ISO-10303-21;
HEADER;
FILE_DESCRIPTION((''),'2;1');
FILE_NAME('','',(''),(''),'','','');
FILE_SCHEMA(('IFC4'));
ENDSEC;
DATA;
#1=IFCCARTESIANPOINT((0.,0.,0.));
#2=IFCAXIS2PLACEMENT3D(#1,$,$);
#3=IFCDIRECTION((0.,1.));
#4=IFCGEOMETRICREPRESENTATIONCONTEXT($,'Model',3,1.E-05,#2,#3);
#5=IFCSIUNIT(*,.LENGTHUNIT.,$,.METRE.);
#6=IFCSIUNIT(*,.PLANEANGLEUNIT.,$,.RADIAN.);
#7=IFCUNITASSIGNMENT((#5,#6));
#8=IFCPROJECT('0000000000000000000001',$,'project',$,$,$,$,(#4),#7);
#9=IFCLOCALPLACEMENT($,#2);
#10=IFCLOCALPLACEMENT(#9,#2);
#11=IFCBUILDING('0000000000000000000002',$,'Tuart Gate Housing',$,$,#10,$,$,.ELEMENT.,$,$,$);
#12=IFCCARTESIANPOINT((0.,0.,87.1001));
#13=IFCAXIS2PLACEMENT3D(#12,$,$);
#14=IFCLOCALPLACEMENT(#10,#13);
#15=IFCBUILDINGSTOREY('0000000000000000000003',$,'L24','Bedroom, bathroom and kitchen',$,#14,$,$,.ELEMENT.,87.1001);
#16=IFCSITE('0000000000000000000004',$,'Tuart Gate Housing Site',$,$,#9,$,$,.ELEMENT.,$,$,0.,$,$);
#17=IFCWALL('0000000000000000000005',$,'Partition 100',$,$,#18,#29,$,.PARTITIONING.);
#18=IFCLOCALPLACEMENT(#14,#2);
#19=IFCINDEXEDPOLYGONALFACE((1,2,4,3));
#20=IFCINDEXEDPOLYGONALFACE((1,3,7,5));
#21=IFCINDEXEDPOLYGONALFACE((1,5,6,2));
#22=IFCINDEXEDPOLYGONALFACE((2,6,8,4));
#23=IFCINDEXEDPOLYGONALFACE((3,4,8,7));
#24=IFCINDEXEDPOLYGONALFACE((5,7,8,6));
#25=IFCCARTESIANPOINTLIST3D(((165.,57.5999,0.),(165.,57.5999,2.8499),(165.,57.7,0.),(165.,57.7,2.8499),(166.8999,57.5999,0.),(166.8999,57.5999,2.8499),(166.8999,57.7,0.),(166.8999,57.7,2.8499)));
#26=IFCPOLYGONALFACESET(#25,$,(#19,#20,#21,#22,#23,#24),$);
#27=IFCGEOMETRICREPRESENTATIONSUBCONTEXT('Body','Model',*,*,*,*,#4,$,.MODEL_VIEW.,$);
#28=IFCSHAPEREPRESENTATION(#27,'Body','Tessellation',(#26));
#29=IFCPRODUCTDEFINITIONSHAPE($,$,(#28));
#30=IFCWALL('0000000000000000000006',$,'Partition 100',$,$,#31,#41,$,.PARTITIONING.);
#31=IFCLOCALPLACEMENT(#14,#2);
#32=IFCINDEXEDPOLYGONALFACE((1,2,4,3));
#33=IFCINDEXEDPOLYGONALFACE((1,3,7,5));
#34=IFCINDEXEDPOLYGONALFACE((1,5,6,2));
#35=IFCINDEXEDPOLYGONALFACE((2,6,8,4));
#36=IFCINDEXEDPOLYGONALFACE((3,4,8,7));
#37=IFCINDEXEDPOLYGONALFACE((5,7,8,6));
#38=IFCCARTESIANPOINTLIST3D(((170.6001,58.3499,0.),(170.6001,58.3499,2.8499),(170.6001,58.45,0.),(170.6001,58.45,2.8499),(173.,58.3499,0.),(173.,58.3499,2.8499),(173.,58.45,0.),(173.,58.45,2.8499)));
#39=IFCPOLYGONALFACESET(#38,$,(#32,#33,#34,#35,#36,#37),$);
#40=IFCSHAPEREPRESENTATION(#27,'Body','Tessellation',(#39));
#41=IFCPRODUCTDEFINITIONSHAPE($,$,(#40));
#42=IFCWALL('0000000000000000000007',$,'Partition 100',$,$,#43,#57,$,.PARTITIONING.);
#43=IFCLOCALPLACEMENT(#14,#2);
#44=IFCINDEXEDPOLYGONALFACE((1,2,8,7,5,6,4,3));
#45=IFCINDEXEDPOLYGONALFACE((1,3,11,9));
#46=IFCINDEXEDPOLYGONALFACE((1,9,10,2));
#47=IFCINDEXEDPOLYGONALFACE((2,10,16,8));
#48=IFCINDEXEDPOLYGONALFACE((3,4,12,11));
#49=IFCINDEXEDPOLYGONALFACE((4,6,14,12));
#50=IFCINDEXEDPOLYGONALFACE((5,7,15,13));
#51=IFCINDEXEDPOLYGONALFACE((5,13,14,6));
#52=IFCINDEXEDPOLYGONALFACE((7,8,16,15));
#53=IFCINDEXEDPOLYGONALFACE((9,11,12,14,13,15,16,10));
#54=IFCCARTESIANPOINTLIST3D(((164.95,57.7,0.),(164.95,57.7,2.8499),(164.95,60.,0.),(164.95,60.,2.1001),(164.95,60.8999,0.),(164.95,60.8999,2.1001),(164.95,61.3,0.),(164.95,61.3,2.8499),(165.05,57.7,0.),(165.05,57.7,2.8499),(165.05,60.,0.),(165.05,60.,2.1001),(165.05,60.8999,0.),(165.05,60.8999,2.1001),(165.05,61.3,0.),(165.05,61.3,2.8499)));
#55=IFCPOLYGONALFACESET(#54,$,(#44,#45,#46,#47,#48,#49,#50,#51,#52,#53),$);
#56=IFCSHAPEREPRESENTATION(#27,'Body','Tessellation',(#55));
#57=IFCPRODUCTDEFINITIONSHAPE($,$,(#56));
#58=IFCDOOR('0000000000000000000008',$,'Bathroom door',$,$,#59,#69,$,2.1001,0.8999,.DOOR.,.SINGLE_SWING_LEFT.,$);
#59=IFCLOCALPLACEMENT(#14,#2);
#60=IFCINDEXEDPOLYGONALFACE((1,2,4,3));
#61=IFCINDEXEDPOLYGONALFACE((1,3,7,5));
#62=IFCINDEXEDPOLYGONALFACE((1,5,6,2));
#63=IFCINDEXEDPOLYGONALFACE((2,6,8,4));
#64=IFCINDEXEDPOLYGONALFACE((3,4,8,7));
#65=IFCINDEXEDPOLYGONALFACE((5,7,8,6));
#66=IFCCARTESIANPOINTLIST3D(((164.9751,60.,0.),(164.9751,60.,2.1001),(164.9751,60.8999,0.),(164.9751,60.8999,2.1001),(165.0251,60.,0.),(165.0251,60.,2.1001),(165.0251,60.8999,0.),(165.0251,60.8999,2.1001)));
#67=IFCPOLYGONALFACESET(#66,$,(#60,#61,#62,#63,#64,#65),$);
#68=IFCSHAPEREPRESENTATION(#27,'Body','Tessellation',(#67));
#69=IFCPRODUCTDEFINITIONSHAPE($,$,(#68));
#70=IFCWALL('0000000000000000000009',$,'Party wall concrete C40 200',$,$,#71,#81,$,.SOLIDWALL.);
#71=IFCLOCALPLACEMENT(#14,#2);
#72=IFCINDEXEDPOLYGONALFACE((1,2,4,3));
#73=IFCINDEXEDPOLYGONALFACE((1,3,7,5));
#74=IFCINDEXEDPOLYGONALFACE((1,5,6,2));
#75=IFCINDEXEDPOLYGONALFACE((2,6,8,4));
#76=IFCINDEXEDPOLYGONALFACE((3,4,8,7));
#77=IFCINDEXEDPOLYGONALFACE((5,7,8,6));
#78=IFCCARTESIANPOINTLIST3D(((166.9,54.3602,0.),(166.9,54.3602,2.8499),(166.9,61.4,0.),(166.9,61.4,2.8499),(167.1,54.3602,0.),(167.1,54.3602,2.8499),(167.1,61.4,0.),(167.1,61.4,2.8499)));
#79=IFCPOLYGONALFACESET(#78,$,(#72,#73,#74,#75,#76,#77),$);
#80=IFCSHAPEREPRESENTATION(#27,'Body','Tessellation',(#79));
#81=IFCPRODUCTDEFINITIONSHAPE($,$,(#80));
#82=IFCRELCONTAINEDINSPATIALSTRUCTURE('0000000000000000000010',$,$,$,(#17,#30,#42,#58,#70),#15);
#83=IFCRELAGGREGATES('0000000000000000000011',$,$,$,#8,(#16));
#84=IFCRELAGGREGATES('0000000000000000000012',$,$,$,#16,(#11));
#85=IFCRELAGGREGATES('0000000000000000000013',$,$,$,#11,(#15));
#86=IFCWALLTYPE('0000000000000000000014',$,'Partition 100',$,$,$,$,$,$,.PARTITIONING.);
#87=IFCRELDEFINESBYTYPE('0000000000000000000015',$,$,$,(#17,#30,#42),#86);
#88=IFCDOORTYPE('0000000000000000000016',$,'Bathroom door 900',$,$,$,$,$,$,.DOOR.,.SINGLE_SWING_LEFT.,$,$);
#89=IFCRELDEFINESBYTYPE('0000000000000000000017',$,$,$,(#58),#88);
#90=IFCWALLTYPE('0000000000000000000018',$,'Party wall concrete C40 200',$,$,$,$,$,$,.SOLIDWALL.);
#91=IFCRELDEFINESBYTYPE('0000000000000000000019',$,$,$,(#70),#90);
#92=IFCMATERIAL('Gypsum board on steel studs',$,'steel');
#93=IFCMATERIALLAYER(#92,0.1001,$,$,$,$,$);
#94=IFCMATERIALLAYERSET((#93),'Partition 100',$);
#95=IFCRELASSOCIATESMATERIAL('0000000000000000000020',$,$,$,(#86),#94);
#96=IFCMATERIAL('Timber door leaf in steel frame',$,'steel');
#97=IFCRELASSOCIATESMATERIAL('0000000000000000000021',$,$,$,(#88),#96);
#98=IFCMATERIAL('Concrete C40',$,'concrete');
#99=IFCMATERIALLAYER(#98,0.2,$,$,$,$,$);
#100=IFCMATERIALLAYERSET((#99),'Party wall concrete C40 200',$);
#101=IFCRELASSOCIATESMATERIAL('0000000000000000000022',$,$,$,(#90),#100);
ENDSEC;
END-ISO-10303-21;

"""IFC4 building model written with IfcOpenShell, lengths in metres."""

from ifc_helpers import new_model, si_unit, direction, frame, frame_2d, origin, place, context, subcontext, project, spatial, rectangle, extrude, material, layer, layer_set, type_object, element, fill, save


model = new_model("IFC4")

# Units and contexts
model_context = context("Model", 3, precision=1e-05, world=origin(), true_north=direction((0.0, 1.0)))
body_context = subcontext(model_context, "Body", "Model", "MODEL_VIEW")
ifc_project = project(units=[si_unit("LENGTHUNIT", "METRE"), si_unit("PLANEANGLEUNIT", "RADIAN")], contexts=[model_context])

# Site, building, storey
site_placement = place(None, origin())
site = spatial("IfcSite", under=ifc_project, at=site_placement, Name="Tuart Gate Housing Site", CompositionType="ELEMENT", RefElevation=0.0)
building_placement = place(site_placement, origin())
building = spatial("IfcBuilding", under=site, at=building_placement, Name="Tuart Gate Housing", CompositionType="ELEMENT")
storey_placement = place(building_placement, frame((0.0, 0.0, 87.1001)))
storey = spatial("IfcBuildingStorey", under=building, at=storey_placement, Name="L24", Description="Bedroom, bathroom and kitchen", CompositionType="ELEMENT", Elevation=87.1001)

# Walls
ifc_material_1 = material(Name="Gypsum board on steel studs", Category="steel")
ifc_layer_1 = layer(ifc_material_1, 0.1001)
ifc_layer_set_1 = layer_set([ifc_layer_1], Name="Partition 100")
wall_type_1 = type_object("IfcWallType", Name="Partition 100", PredefinedType="PARTITIONING", material=ifc_layer_set_1)
wall_1_placement = place(storey_placement, frame((165.0, 57.6499, 0.0), z_axis=(0.0, 0.0, 1.0), x_axis=(1.0, 0.0, 0.0)))
element("IfcWall", 1, at=wall_1_placement, inside=storey, type_object=wall_type_1, Name="Partition 100", PredefinedType="PARTITIONING", context=body_context, shape_type="SweptSolid", body=[
    extrude(rectangle(XDim=1.8999, YDim=0.1001, at=frame_2d((0.95, 0.0))), origin(), (0.0, 0.0, 1.0), 2.8499),
])
wall_2_placement = place(storey_placement, frame((170.6001, 58.3999, 0.0), z_axis=(0.0, 0.0, 1.0), x_axis=(1.0, 0.0, 0.0)))
element("IfcWall", 2, at=wall_2_placement, inside=storey, type_object=wall_type_1, Name="Partition 100", PredefinedType="PARTITIONING", context=body_context, shape_type="SweptSolid", body=[
    extrude(rectangle(XDim=2.3999, YDim=0.1001, at=frame_2d((1.2, 0.0))), origin(), (0.0, 0.0, 1.0), 2.8499),
])

# Wall, opening, door
wall_3_placement = place(storey_placement, frame((165.0, 57.7, 0.0), z_axis=(0.0, 0.0, 1.0), x_axis=(0.0, 1.0, 0.0)))
wall_3 = element("IfcWall", 3, at=wall_3_placement, inside=storey, type_object=wall_type_1, Name="Partition 100", PredefinedType="PARTITIONING", context=body_context, shape_type="SweptSolid", body=[
    extrude(rectangle(XDim=3.6001, YDim=0.1001, at=frame_2d((1.8, 0.0))), origin(), (0.0, 0.0, 1.0), 2.8499),
])
opening_1_placement = place(wall_3_placement, frame((2.3, 0.0, 0.0)))
opening_1 = element("IfcOpeningElement", 4, at=opening_1_placement, cuts=wall_3, PredefinedType="OPENING", context=body_context, shape_type="SweptSolid", body=[
    extrude(rectangle(XDim=0.8999, YDim=2.1001, at=frame_2d((0.45, 1.05))), frame((0.0, 0.0601, 0.0), z_axis=(0.0, -1.0, 0.0), x_axis=(1.0, 0.0, 0.0)), (0.0, 0.0, 1.0), 0.1201),
])
ifc_material_2 = material(Name="Timber door leaf in steel frame", Category="steel")
door_type = type_object("IfcDoorType", Name="Bathroom door 900", OperationType="SINGLE_SWING_LEFT", PredefinedType="DOOR", material=ifc_material_2)
door_placement = place(opening_1_placement, frame((0.8999, 0.0, 0.0), z_axis=(0.0, 0.0, 1.0), x_axis=(-1.0, 0.0, 0.0)))
door = element("IfcDoor", 5, at=door_placement, inside=storey, type_object=door_type, Name="Bathroom door", OperationType="SINGLE_SWING_LEFT", OverallHeight=2.1001, OverallWidth=0.8999, PredefinedType="DOOR", context=body_context, shape_type="SweptSolid", body=[
    extrude(rectangle(XDim=0.8999, YDim=2.1001, at=frame_2d((0.45, 1.05))), frame((0.0, 0.0251, 0.0), z_axis=(0.0, -1.0, 0.0), x_axis=(1.0, 0.0, 0.0)), (0.0, 0.0, 1.0), 0.05),
])
fill(opening_1, door)

# Wall
ifc_material_3 = material(Name="Concrete C40", Category="concrete")
ifc_layer_2 = layer(ifc_material_3, 0.2)
ifc_layer_set_2 = layer_set([ifc_layer_2], Name="Party wall concrete C40 200")
wall_type_2 = type_object("IfcWallType", Name="Party wall concrete C40 200", PredefinedType="SOLIDWALL", material=ifc_layer_set_2)
wall_4_placement = place(storey_placement, frame((167.0, 54.3601, 0.0), z_axis=(0.0, 0.0, 1.0), x_axis=(0.0, 1.0, 0.0)))
element("IfcWall", 6, at=wall_4_placement, inside=storey, type_object=wall_type_2, Name="Party wall concrete C40 200", PredefinedType="SOLIDWALL", context=body_context, shape_type="SweptSolid", body=[
    extrude(rectangle(XDim=7.0398, YDim=0.2, at=frame_2d((3.52, 0.0))), origin(), (0.0, 0.0, 1.0), 2.8499),
])

save(model, "model.ifc")
